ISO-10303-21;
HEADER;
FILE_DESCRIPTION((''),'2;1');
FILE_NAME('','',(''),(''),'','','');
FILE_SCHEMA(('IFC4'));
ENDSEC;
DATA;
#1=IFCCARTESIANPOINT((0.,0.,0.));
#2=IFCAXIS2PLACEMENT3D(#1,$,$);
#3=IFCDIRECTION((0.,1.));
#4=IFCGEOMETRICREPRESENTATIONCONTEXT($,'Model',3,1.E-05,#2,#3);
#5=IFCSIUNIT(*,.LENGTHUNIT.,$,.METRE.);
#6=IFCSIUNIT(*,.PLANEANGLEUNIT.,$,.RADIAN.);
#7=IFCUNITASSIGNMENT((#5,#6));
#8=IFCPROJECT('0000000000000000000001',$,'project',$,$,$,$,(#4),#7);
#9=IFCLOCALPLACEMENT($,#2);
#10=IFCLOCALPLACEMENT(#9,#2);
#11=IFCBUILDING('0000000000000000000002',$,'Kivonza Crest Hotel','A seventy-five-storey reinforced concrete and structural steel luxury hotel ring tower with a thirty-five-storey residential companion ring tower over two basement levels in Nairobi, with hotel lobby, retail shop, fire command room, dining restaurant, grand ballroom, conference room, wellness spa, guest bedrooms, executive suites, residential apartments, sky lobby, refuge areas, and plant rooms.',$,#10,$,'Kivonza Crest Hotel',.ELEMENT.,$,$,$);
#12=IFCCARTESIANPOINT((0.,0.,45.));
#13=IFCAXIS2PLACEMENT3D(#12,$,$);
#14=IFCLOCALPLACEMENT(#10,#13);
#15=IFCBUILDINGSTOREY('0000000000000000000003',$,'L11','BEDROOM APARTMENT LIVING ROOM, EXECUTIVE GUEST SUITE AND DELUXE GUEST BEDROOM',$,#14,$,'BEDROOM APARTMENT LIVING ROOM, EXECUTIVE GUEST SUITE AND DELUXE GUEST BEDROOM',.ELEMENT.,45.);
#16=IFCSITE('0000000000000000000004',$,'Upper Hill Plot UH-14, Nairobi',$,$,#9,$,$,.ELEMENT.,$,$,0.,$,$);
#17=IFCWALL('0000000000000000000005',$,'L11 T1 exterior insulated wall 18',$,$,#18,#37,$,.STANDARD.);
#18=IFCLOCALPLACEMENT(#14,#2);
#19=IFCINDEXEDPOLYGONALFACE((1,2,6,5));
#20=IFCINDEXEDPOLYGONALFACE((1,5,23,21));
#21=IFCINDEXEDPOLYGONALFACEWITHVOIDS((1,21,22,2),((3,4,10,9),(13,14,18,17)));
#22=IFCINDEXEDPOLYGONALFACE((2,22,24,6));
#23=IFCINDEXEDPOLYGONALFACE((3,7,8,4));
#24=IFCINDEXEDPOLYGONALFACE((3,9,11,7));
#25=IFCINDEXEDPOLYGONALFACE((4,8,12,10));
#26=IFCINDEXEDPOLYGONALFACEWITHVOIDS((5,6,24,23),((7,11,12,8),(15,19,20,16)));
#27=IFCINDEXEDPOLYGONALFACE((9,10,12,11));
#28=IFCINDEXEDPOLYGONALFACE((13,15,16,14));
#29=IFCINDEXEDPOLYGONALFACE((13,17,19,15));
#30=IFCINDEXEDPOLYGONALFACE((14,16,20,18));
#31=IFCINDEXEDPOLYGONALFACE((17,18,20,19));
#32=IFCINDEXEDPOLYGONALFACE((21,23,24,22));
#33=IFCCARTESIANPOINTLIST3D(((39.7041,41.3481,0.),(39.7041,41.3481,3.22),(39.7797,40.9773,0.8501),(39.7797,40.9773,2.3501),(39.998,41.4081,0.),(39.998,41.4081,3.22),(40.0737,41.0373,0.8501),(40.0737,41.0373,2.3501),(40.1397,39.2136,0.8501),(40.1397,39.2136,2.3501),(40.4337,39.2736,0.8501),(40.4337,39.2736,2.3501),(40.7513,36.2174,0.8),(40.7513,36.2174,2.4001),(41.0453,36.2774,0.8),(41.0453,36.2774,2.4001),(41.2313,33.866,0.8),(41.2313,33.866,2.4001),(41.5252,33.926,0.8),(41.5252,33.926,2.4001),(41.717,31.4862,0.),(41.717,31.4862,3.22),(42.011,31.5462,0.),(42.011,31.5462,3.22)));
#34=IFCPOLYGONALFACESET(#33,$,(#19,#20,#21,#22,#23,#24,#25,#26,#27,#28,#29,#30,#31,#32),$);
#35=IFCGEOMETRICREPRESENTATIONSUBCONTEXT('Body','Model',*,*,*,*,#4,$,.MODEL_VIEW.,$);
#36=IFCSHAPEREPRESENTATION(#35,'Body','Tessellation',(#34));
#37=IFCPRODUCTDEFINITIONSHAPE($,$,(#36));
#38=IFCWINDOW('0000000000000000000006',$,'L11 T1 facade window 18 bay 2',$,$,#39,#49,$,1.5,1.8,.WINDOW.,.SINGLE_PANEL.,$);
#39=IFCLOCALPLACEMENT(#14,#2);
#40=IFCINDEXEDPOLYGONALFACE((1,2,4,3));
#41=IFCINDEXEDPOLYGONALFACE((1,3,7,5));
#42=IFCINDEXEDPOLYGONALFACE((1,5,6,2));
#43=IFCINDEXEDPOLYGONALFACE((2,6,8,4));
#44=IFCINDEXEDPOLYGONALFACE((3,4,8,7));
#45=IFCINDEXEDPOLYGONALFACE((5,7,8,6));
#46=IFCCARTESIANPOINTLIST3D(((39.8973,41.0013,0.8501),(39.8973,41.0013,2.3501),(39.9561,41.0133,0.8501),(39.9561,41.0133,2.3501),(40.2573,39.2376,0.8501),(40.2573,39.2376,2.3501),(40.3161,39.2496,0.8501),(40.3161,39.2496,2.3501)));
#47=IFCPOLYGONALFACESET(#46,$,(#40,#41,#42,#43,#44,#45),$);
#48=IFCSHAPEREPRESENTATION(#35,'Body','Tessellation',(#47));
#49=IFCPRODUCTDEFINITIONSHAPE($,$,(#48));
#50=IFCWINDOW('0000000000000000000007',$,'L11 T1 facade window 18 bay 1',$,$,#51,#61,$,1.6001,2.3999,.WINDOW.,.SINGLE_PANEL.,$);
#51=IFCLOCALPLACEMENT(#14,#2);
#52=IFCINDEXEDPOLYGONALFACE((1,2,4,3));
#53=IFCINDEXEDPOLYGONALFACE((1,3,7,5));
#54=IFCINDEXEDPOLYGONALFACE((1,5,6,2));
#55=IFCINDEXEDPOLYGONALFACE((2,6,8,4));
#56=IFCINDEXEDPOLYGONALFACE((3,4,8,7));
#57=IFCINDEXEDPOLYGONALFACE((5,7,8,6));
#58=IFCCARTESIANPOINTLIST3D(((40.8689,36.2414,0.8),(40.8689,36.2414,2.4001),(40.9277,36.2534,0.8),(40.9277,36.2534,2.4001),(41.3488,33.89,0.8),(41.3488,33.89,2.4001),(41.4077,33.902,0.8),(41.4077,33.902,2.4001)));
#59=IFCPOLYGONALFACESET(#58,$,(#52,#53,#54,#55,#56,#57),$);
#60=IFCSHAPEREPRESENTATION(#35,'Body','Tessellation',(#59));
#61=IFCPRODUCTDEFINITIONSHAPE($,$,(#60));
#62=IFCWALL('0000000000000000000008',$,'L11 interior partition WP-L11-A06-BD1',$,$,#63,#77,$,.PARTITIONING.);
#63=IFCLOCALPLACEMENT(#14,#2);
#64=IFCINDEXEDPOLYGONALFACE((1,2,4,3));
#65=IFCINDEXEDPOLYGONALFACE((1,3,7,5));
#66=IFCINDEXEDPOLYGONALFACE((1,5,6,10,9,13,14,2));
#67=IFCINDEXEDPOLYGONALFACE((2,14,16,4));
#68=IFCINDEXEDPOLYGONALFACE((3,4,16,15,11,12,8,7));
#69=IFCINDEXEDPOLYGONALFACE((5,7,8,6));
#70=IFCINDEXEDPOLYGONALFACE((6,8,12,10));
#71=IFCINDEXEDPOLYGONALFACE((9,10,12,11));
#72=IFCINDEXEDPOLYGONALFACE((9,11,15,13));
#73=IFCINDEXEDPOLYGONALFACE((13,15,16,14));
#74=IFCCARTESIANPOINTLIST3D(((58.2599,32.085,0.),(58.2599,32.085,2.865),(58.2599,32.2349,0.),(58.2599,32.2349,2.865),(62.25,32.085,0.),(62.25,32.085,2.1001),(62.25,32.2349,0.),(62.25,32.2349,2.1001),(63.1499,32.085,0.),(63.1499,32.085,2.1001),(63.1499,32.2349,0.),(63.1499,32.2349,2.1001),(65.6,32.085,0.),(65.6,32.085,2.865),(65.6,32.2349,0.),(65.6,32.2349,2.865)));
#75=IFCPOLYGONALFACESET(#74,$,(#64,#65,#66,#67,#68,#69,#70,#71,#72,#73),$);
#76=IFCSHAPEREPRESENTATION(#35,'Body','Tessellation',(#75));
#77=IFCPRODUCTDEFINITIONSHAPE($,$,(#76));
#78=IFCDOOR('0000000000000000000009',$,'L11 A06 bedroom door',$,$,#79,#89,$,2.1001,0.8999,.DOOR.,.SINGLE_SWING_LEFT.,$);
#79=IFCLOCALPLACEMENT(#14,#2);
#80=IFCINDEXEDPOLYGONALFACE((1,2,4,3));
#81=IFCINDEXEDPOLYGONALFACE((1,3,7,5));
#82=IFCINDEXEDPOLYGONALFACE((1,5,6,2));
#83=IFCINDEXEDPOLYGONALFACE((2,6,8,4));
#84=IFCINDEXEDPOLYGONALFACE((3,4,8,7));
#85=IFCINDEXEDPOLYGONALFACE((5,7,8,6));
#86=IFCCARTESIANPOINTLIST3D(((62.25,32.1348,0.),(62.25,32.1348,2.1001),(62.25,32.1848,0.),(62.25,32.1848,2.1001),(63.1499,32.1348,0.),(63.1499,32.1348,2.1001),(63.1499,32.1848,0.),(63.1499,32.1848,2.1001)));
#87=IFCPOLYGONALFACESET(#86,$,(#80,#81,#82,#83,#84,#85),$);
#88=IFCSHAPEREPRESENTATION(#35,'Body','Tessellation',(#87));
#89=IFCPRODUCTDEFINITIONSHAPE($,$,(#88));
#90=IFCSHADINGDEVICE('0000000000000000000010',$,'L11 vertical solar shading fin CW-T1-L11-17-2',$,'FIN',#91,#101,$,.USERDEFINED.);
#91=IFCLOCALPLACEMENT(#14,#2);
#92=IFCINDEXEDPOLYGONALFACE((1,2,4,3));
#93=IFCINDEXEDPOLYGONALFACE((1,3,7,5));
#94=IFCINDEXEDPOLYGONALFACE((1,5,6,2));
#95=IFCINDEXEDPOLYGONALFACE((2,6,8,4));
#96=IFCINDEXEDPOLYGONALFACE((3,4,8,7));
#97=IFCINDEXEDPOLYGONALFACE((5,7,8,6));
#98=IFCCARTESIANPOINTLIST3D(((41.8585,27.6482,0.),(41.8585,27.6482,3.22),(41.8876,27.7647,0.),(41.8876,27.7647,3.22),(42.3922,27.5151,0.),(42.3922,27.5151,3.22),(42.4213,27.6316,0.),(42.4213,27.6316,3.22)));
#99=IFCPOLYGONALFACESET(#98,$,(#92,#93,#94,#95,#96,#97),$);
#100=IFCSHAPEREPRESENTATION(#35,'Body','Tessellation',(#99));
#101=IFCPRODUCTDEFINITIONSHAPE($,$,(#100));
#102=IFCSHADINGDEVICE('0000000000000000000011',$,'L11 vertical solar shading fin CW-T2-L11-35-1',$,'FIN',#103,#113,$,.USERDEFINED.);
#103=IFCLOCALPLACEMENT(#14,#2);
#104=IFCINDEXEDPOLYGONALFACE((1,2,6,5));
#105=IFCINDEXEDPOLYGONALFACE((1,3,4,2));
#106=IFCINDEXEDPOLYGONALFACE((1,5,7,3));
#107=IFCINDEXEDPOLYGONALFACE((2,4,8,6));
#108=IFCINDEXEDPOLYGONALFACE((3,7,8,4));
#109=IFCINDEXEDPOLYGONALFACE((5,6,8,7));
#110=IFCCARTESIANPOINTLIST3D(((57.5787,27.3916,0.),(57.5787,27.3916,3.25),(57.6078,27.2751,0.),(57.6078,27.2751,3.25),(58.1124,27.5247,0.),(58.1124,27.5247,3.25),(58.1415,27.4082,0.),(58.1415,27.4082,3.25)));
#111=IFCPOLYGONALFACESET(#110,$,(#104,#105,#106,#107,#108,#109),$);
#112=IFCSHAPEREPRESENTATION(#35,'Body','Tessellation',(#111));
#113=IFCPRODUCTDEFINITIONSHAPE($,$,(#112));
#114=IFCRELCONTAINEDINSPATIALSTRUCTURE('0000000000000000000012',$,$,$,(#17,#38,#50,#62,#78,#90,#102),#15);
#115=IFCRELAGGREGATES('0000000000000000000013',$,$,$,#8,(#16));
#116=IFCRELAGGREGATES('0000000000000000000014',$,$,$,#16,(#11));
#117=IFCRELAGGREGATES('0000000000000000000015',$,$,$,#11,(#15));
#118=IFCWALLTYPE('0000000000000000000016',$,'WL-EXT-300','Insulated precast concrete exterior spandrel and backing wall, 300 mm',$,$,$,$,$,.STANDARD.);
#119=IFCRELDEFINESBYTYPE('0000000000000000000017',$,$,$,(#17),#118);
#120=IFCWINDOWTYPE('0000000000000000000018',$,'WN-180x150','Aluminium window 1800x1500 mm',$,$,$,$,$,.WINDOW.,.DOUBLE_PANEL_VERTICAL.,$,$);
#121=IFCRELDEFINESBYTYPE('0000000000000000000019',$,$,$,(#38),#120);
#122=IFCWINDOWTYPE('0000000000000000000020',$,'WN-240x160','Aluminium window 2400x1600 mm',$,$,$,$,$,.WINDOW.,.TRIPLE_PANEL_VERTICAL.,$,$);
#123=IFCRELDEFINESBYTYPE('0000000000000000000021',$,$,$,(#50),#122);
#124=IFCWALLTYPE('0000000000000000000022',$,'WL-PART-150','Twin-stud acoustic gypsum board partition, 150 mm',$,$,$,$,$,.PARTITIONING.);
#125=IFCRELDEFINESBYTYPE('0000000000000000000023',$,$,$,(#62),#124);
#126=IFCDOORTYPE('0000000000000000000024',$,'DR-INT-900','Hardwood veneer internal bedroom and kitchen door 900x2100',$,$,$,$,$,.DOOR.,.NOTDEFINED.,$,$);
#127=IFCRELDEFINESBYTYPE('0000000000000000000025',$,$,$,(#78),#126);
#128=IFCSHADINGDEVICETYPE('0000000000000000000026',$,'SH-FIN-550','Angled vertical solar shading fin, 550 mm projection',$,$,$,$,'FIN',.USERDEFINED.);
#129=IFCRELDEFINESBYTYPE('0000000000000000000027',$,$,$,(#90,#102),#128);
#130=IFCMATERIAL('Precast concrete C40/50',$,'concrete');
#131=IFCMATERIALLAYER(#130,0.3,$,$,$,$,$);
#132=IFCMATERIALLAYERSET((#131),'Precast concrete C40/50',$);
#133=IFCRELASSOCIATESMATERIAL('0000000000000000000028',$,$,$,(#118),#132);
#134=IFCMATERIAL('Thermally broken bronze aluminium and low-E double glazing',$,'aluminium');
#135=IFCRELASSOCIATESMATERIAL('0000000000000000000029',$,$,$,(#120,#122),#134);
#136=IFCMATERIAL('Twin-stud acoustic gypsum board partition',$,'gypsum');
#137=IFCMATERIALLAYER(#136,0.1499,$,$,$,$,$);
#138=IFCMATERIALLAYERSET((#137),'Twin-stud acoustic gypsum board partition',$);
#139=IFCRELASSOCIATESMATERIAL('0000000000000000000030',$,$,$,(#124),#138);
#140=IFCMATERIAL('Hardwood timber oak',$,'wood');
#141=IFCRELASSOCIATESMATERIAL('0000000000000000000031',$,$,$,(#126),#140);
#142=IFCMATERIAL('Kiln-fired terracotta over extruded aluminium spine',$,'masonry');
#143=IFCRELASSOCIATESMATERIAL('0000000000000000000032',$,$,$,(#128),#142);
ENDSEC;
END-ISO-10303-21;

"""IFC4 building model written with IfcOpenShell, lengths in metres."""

from ifc_helpers import new_model, si_unit, direction, frame, frame_2d, origin, origin_2d, place, context, subcontext, project, spatial, rectangle, extrude, material, layer, layer_set, type_object, element, fill, save


model = new_model("IFC4")

# Units and contexts
model_context = context("Model", 3, precision=1e-05, world=origin(), true_north=direction((0.0, 1.0)))
body_context = subcontext(model_context, "Body", "Model", "MODEL_VIEW")
ifc_project = project(units=[si_unit("LENGTHUNIT", "METRE"), si_unit("PLANEANGLEUNIT", "RADIAN")], contexts=[model_context])

# Site, building, storey
site_placement = place(None, origin())
site = spatial("IfcSite", under=ifc_project, at=site_placement, Name="Upper Hill Plot UH-14, Nairobi", CompositionType="ELEMENT", RefElevation=0.0)
building_placement = place(site_placement, origin())
building = spatial("IfcBuilding", under=site, at=building_placement, Name="Kivonza Crest Hotel", Description="A seventy-five-storey reinforced concrete and structural steel luxury hotel ring tower with a thirty-five-storey residential companion ring tower over two basement levels in Nairobi, with hotel lobby, retail shop, fire command room, dining restaurant, grand ballroom, conference room, wellness spa, guest bedrooms, executive suites, residential apartments, sky lobby, refuge areas, and plant rooms.", LongName="Kivonza Crest Hotel", CompositionType="ELEMENT")
storey_placement = place(building_placement, frame((0.0, 0.0, 45.0)))
storey = spatial("IfcBuildingStorey", under=building, at=storey_placement, Name="L11", Description="BEDROOM APARTMENT LIVING ROOM, EXECUTIVE GUEST SUITE AND DELUXE GUEST BEDROOM", LongName="BEDROOM APARTMENT LIVING ROOM, EXECUTIVE GUEST SUITE AND DELUXE GUEST BEDROOM", CompositionType="ELEMENT", Elevation=45.0)

# Wall, openings, windows
ifc_material_1 = material(Name="Precast concrete C40/50", Category="concrete")
ifc_layer_1 = layer(ifc_material_1, 0.3)
ifc_layer_set_1 = layer_set([ifc_layer_1], Name="Precast concrete C40/50")
wall_type_1 = type_object("IfcWallType", Name="WL-EXT-300", Description="Insulated precast concrete exterior spandrel and backing wall, 300 mm", PredefinedType="STANDARD", material=ifc_layer_set_1)
wall_1_placement = place(storey_placement, frame((41.864, 31.5161, 0.0), z_axis=(0.0, 0.0, 1.0), x_axis=(-0.199991, 0.979798, 0.0)))
wall_1 = element("IfcWall", 1, at=wall_1_placement, inside=storey, type_object=wall_type_1, Name="L11 T1 exterior insulated wall 18", PredefinedType="STANDARD", context=body_context, shape_type="SweptSolid", body=[
    extrude(rectangle(XDim=10.0652, YDim=0.3, at=frame_2d((5.0327, 0.0))), origin(), (0.0, 0.0, 1.0), 3.22),
])
opening_1_placement = place(wall_1_placement, frame((2.429, 0.0, 0.8)))
opening_1 = element("IfcOpeningElement", 2, at=opening_1_placement, cuts=wall_1, PredefinedType="OPENING", context=body_context, shape_type="SweptSolid", body=[
    extrude(rectangle(XDim=2.3999, YDim=1.6001, at=frame_2d((1.2, 0.8))), frame((0.0, 0.1602, 0.0), z_axis=(0.0, -1.0, 0.0), x_axis=(1.0, 0.0, 0.0)), (0.0, 0.0, 1.0), 0.3201),
])
opening_2_placement = place(wall_1_placement, frame((7.887, 0.0, 0.8501)))
opening_2 = element("IfcOpeningElement", 3, at=opening_2_placement, cuts=wall_1, PredefinedType="OPENING", context=body_context, shape_type="SweptSolid", body=[
    extrude(rectangle(XDim=1.8, YDim=1.5, at=frame_2d((0.8999, 0.75))), frame((0.0, 0.1602, 0.0), z_axis=(0.0, -1.0, 0.0), x_axis=(1.0, 0.0, 0.0)), (0.0, 0.0, 1.0), 0.3201),
])
ifc_material_2 = material(Name="Thermally broken bronze aluminium and low-E double glazing", Category="aluminium")
window_type_1 = type_object("IfcWindowType", Name="WN-180x150", Description="Aluminium window 1800x1500 mm", PartitioningType="DOUBLE_PANEL_VERTICAL", PredefinedType="WINDOW", material=ifc_material_2)
window_1_placement = place(opening_2_placement, origin())
window_1 = element("IfcWindow", 4, at=window_1_placement, inside=storey, type_object=window_type_1, Name="L11 T1 facade window 18 bay 2", OverallHeight=1.5, OverallWidth=1.8, PartitioningType="SINGLE_PANEL", PredefinedType="WINDOW", context=body_context, shape_type="SweptSolid", body=[
    extrude(rectangle(XDim=1.8, YDim=1.5, at=frame_2d((0.8999, 0.75))), frame((0.0, 0.03, 0.0), z_axis=(0.0, -1.0, 0.0), x_axis=(1.0, 0.0, 0.0)), (0.0, 0.0, 1.0), 0.0601),
])
fill(opening_2, window_1)
window_type_2 = type_object("IfcWindowType", Name="WN-240x160", Description="Aluminium window 2400x1600 mm", PartitioningType="TRIPLE_PANEL_VERTICAL", PredefinedType="WINDOW", material=ifc_material_2)
window_2_placement = place(opening_1_placement, origin())
window_2 = element("IfcWindow", 5, at=window_2_placement, inside=storey, type_object=window_type_2, Name="L11 T1 facade window 18 bay 1", OverallHeight=1.6001, OverallWidth=2.3999, PartitioningType="SINGLE_PANEL", PredefinedType="WINDOW", context=body_context, shape_type="SweptSolid", body=[
    extrude(rectangle(XDim=2.3999, YDim=1.6001, at=frame_2d((1.2, 0.8))), frame((0.0, 0.03, 0.0), z_axis=(0.0, -1.0, 0.0), x_axis=(1.0, 0.0, 0.0)), (0.0, 0.0, 1.0), 0.0601),
])
fill(opening_1, window_2)

# Wall, opening, door
ifc_material_3 = material(Name="Twin-stud acoustic gypsum board partition", Category="gypsum")
ifc_layer_2 = layer(ifc_material_3, 0.1499)
ifc_layer_set_2 = layer_set([ifc_layer_2], Name="Twin-stud acoustic gypsum board partition")
wall_type_2 = type_object("IfcWallType", Name="WL-PART-150", Description="Twin-stud acoustic gypsum board partition, 150 mm", PredefinedType="PARTITIONING", material=ifc_layer_set_2)
wall_2_placement = place(storey_placement, frame((58.26, 32.1599, 0.0), z_axis=(0.0, 0.0, 1.0), x_axis=(1.0, 0.0, 0.0)))
wall_2 = element("IfcWall", 6, at=wall_2_placement, inside=storey, type_object=wall_type_2, Name="L11 interior partition WP-L11-A06-BD1", PredefinedType="PARTITIONING", context=body_context, shape_type="SweptSolid", body=[
    extrude(rectangle(XDim=7.3401, YDim=0.1499, at=frame_2d((3.6699, 0.0))), origin(), (0.0, 0.0, 1.0), 2.865),
])
opening_3_placement = place(wall_2_placement, frame((3.99, 0.0, 0.0)))
opening_3 = element("IfcOpeningElement", 7, at=opening_3_placement, cuts=wall_2, PredefinedType="OPENING", context=body_context, shape_type="SweptSolid", body=[
    extrude(rectangle(XDim=0.8999, YDim=2.1001, at=frame_2d((0.45, 1.05))), frame((0.0, 0.085, 0.0), z_axis=(0.0, -1.0, 0.0), x_axis=(1.0, 0.0, 0.0)), (0.0, 0.0, 1.0), 0.1699),
])
ifc_material_4 = material(Name="Hardwood timber oak", Category="wood")
door_type = type_object("IfcDoorType", Name="DR-INT-900", Description="Hardwood veneer internal bedroom and kitchen door 900x2100", OperationType="NOTDEFINED", PredefinedType="DOOR", material=ifc_material_4)
door_placement = place(opening_3_placement, origin())
door = element("IfcDoor", 8, at=door_placement, inside=storey, type_object=door_type, Name="L11 A06 bedroom door", OperationType="SINGLE_SWING_LEFT", OverallHeight=2.1001, OverallWidth=0.8999, PredefinedType="DOOR", context=body_context, shape_type="SweptSolid", body=[
    extrude(rectangle(XDim=0.8999, YDim=2.1001, at=frame_2d((0.45, 1.05))), frame((0.0, 0.0249, 0.0), z_axis=(0.0, -1.0, 0.0), x_axis=(1.0, 0.0, 0.0)), (0.0, 0.0, 1.0), 0.05),
])
fill(opening_3, door)

# Shading devices
ifc_material_5 = material(Name="Kiln-fired terracotta over extruded aluminium spine", Category="masonry")
shading_device_type = type_object("IfcShadingDeviceType", Name="SH-FIN-550", Description="Angled vertical solar shading fin, 550 mm projection", ElementType="FIN", PredefinedType="USERDEFINED", material=ifc_material_5)
shading_device_1_placement = place(storey_placement, frame((42.1399, 27.6399, 0.0), z_axis=(0.0, 0.0, 1.0), x_axis=(0.241922, 0.970296, 0.0)))
element("IfcShadingDevice", 9, at=shading_device_1_placement, inside=storey, type_object=shading_device_type, Name="L11 vertical solar shading fin CW-T1-L11-17-2", ObjectType="FIN", PredefinedType="USERDEFINED", context=body_context, shape_type="SweptSolid", body=[
    extrude(rectangle(XDim=0.1201, YDim=0.55, at=origin_2d()), origin(), (0.0, 0.0, 1.0), 3.22),
])
shading_device_2_placement = place(storey_placement, frame((57.8601, 27.3999, 0.0), z_axis=(0.0, 0.0, 1.0), x_axis=(0.241922, -0.970296, 0.0)))
element("IfcShadingDevice", 10, at=shading_device_2_placement, inside=storey, type_object=shading_device_type, Name="L11 vertical solar shading fin CW-T2-L11-35-1", ObjectType="FIN", PredefinedType="USERDEFINED", context=body_context, shape_type="SweptSolid", body=[
    extrude(rectangle(XDim=0.1201, YDim=0.55, at=origin_2d()), origin(), (0.0, 0.0, 1.0), 3.25),
])

save(model, "model.ifc")
